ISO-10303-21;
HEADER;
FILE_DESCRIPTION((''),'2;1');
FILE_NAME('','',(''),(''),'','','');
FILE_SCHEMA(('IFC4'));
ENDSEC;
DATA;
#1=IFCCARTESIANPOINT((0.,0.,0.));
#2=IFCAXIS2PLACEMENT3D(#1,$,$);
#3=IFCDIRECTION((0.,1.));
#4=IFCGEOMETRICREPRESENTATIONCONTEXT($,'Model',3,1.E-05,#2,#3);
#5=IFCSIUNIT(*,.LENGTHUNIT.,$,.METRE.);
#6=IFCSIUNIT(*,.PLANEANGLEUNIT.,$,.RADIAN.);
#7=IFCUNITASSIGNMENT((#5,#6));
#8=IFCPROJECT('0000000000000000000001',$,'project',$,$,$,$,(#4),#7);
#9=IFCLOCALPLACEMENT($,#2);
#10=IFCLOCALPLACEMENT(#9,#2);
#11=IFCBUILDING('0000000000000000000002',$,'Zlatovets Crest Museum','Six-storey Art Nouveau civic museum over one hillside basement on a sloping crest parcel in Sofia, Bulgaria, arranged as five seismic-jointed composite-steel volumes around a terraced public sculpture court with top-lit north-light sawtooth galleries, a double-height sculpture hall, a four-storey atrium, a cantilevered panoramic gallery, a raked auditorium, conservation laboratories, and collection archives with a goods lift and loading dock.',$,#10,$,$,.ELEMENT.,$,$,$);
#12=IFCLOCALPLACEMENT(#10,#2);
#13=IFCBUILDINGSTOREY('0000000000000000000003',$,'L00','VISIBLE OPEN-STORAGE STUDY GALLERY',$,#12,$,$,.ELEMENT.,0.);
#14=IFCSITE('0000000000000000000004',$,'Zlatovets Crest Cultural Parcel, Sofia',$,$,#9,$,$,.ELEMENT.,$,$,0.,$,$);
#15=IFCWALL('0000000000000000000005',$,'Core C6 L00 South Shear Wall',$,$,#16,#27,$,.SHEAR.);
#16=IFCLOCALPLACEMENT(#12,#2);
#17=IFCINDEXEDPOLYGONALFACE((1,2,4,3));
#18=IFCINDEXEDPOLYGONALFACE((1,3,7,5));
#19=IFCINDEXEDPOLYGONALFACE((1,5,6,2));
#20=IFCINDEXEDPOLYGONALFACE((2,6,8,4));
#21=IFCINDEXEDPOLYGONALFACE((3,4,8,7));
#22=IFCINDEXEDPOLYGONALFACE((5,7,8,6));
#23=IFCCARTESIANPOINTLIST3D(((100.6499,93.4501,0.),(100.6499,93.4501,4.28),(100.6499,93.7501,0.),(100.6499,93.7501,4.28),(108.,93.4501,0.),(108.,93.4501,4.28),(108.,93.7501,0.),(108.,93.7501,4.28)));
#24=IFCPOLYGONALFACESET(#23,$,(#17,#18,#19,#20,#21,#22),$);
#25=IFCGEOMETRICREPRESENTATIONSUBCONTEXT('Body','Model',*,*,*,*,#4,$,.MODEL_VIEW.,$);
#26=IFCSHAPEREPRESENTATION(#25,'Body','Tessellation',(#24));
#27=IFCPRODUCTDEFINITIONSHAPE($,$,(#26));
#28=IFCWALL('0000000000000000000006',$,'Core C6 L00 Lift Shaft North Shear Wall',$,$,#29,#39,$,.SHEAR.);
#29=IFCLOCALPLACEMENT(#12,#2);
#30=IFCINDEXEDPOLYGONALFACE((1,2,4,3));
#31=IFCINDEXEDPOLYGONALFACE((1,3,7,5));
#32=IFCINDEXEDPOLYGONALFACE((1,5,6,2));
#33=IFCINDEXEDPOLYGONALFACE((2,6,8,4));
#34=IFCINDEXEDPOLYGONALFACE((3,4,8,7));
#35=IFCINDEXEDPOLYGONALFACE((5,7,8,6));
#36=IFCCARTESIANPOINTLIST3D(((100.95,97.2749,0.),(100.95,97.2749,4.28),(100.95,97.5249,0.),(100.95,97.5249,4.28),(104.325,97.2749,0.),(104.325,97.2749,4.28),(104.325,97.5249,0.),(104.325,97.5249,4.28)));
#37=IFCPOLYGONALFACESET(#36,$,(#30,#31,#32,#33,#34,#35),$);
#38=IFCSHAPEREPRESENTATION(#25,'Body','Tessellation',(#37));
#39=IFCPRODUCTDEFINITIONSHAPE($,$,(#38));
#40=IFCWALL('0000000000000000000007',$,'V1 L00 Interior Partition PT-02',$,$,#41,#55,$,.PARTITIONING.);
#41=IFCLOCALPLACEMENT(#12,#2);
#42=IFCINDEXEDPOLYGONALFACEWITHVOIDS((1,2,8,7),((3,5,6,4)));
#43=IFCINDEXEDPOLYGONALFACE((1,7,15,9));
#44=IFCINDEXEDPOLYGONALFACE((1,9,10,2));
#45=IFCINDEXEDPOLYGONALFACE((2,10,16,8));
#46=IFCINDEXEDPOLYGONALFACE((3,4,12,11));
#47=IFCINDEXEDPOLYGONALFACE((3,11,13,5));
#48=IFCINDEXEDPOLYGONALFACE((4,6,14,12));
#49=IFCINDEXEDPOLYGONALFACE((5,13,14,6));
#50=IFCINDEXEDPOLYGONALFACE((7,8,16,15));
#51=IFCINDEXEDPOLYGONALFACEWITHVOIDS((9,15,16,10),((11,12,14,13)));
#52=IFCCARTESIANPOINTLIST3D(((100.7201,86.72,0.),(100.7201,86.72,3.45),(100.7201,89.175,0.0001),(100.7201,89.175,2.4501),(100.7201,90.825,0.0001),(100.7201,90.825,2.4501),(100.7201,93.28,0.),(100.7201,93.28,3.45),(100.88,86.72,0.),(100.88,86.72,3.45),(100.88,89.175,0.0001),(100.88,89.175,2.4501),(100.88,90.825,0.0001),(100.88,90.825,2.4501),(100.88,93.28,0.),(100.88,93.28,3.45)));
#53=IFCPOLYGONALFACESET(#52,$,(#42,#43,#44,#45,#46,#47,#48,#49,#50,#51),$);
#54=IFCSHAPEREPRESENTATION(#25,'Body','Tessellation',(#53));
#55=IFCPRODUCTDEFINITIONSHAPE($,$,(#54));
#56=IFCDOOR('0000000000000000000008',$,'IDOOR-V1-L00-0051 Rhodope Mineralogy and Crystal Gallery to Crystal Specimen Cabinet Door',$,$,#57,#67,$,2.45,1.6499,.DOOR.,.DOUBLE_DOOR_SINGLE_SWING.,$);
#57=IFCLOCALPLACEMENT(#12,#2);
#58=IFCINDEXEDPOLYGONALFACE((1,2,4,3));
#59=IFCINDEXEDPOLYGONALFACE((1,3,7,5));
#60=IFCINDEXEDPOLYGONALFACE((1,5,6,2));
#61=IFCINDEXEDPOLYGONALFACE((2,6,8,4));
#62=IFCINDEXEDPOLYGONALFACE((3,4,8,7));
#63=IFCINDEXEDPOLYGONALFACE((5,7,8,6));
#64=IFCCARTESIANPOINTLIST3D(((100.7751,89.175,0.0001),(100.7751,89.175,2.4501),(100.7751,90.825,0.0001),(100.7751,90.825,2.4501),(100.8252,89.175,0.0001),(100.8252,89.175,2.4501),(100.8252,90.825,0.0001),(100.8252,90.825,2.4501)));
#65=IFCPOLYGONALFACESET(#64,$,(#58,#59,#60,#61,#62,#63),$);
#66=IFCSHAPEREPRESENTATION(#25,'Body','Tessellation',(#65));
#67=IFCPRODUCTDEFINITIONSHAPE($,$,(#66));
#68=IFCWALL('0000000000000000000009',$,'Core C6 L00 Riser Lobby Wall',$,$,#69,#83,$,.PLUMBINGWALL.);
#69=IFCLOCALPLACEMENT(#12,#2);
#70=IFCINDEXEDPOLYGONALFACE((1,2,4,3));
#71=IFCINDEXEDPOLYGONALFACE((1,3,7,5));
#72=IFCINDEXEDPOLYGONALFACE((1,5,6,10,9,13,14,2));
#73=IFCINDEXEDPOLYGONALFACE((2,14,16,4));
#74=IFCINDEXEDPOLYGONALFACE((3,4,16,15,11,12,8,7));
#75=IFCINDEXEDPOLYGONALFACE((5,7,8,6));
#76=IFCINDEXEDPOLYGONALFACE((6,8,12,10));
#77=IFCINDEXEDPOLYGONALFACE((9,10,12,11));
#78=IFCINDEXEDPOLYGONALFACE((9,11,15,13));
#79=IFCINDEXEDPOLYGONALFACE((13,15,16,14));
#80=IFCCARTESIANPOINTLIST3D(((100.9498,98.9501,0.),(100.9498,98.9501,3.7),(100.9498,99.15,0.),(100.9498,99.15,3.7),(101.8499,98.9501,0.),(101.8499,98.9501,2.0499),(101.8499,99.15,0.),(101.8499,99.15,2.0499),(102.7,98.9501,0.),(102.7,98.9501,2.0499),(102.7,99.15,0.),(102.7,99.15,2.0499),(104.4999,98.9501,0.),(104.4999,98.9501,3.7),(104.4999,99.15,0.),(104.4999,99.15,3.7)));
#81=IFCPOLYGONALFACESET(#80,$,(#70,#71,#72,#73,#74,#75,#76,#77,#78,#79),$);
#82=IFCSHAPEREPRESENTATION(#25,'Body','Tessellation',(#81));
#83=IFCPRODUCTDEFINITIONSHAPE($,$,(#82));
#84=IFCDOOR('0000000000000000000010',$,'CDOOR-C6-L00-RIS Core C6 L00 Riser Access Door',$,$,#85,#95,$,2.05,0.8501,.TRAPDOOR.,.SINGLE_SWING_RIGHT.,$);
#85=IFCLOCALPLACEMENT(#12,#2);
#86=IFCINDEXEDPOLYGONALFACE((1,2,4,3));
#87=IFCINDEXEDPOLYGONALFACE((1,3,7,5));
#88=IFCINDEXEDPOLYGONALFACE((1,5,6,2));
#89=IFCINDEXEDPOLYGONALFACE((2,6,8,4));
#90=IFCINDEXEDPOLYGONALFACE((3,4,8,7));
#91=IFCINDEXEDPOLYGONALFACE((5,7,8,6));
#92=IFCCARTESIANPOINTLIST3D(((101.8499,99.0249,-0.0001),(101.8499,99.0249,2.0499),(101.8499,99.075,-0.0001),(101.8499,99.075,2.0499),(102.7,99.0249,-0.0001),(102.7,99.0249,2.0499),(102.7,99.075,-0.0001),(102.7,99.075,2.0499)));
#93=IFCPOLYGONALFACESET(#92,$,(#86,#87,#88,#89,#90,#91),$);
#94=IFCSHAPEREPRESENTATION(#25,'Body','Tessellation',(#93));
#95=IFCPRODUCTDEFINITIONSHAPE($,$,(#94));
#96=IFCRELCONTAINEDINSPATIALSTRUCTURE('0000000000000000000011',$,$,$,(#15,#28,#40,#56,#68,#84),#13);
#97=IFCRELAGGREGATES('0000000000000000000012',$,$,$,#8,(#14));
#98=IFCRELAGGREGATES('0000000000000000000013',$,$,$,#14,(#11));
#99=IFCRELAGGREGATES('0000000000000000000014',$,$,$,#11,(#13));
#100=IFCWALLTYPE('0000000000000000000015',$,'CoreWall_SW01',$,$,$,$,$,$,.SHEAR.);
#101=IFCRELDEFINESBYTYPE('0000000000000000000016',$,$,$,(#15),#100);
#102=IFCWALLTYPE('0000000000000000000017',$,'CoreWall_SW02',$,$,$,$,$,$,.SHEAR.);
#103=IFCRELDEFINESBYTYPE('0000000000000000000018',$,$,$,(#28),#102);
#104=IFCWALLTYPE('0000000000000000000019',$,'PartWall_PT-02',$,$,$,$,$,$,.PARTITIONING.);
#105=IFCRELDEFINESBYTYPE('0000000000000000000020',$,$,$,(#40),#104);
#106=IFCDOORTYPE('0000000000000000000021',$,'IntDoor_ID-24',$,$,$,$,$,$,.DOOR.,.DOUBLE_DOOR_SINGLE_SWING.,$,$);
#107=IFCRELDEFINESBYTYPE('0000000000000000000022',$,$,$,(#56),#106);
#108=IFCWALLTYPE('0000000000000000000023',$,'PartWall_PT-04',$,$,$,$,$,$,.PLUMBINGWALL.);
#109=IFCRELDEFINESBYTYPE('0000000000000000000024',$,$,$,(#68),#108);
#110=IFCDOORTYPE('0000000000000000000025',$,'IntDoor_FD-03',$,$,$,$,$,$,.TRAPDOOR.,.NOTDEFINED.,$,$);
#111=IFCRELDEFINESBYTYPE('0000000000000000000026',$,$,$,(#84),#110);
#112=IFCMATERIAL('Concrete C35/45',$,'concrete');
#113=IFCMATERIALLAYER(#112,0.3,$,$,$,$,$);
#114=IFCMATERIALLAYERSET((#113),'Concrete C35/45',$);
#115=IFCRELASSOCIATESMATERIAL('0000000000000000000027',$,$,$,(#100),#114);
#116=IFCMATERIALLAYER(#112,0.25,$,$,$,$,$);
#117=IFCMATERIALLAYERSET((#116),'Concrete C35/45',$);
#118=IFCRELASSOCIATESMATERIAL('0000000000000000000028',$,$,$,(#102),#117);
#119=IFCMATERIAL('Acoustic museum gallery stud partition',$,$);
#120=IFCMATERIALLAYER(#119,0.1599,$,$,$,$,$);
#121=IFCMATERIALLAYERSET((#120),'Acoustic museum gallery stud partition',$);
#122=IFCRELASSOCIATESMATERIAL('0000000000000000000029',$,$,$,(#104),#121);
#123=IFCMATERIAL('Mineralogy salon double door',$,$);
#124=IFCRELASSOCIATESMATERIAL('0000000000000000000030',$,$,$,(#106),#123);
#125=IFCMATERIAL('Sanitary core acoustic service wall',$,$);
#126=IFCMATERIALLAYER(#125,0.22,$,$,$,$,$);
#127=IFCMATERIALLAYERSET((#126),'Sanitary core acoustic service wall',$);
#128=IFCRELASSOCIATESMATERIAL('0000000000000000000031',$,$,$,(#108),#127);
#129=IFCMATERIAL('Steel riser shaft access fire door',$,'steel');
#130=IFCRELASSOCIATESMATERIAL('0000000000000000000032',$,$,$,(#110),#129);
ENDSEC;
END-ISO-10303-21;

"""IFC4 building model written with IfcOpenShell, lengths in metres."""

from ifc_helpers import new_model, si_unit, direction, frame, frame_2d, origin, place, context, subcontext, project, spatial, rectangle, extrude, material, layer, layer_set, type_object, element, fill, save


model = new_model("IFC4")

# Units and contexts
model_context = context("Model", 3, precision=1e-05, world=origin(), true_north=direction((0.0, 1.0)))
body_context = subcontext(model_context, "Body", "Model", "MODEL_VIEW")
ifc_project = project(units=[si_unit("LENGTHUNIT", "METRE"), si_unit("PLANEANGLEUNIT", "RADIAN")], contexts=[model_context])

# Site, building, storey
site_placement = place(None, origin())
site = spatial("IfcSite", under=ifc_project, at=site_placement, Name="Zlatovets Crest Cultural Parcel, Sofia", CompositionType="ELEMENT", RefElevation=0.0)
building_placement = place(site_placement, origin())
building = spatial("IfcBuilding", under=site, at=building_placement, Name="Zlatovets Crest Museum", Description="Six-storey Art Nouveau civic museum over one hillside basement on a sloping crest parcel in Sofia, Bulgaria, arranged as five seismic-jointed composite-steel volumes around a terraced public sculpture court with top-lit north-light sawtooth galleries, a double-height sculpture hall, a four-storey atrium, a cantilevered panoramic gallery, a raked auditorium, conservation laboratories, and collection archives with a goods lift and loading dock.", CompositionType="ELEMENT")
storey_placement = place(building_placement, origin())
storey = spatial("IfcBuildingStorey", under=building, at=storey_placement, Name="L00", Description="VISIBLE OPEN-STORAGE STUDY GALLERY", CompositionType="ELEMENT", Elevation=0.0)

# Wall
ifc_material_1 = material(Name="Concrete C35/45", Category="concrete")
ifc_layer_1 = layer(ifc_material_1, 0.3)
ifc_layer_set_1 = layer_set([ifc_layer_1], Name="Concrete C35/45")
wall_type_1 = type_object("IfcWallType", Name="CoreWall_SW01", PredefinedType="SHEAR", material=ifc_layer_set_1)
wall_1_placement = place(storey_placement, frame((100.6499, 93.6001, 0.0), z_axis=(0.0, 0.0, 1.0), x_axis=(1.0, 0.0, 0.0)))
element("IfcWall", 1, at=wall_1_placement, inside=storey, type_object=wall_type_1, Name="Core C6 L00 South Shear Wall", PredefinedType="SHEAR", context=body_context, shape_type="SweptSolid", body=[
    extrude(rectangle(XDim=7.3501, YDim=0.3, at=frame_2d((3.675, 0.0))), origin(), (0.0, 0.0, 1.0), 4.28),
])

# Wall
ifc_layer_2 = layer(ifc_material_1, 0.25)
ifc_layer_set_2 = layer_set([ifc_layer_2], Name="Concrete C35/45")
wall_type_2 = type_object("IfcWallType", Name="CoreWall_SW02", PredefinedType="SHEAR", material=ifc_layer_set_2)
wall_2_placement = place(storey_placement, frame((100.95, 97.3999, 0.0), z_axis=(0.0, 0.0, 1.0), x_axis=(1.0, 0.0, 0.0)))
element("IfcWall", 2, at=wall_2_placement, inside=storey, type_object=wall_type_2, Name="Core C6 L00 Lift Shaft North Shear Wall", PredefinedType="SHEAR", context=body_context, shape_type="SweptSolid", body=[
    extrude(rectangle(XDim=3.375, YDim=0.25, at=frame_2d((1.6875, 0.0))), origin(), (0.0, 0.0, 1.0), 4.28),
])

# Walls, openings, doors
ifc_material_2 = material(Name="Acoustic museum gallery stud partition")
ifc_layer_3 = layer(ifc_material_2, 0.1599)
ifc_layer_set_3 = layer_set([ifc_layer_3], Name="Acoustic museum gallery stud partition")
wall_type_3 = type_object("IfcWallType", Name="PartWall_PT-02", PredefinedType="PARTITIONING", material=ifc_layer_set_3)
wall_3_placement = place(storey_placement, frame((100.8, 86.72, 0.0), z_axis=(0.0, 0.0, 1.0), x_axis=(0.0, 1.0, 0.0)))
wall_3 = element("IfcWall", 3, at=wall_3_placement, inside=storey, type_object=wall_type_3, Name="V1 L00 Interior Partition PT-02", PredefinedType="PARTITIONING", context=body_context, shape_type="SweptSolid", body=[
    extrude(rectangle(XDim=6.5601, YDim=0.1599, at=frame_2d((3.28, 0.0))), origin(), (0.0, 0.0, 1.0), 3.45),
])
opening_1_placement = place(wall_3_placement, frame((2.4551, 0.0, 0.0)))
opening_1 = element("IfcOpeningElement", 4, at=opening_1_placement, cuts=wall_3, PredefinedType="OPENING", context=body_context, shape_type="SweptSolid", body=[
    extrude(rectangle(XDim=1.6499, YDim=2.45, at=frame_2d((0.825, 1.2251))), frame((0.0, 0.0898, 0.0), z_axis=(0.0, -1.0, 0.0), x_axis=(1.0, 0.0, 0.0)), (0.0, 0.0, 1.0), 0.1799),
])
ifc_material_3 = material(Name="Mineralogy salon double door")
door_type_1 = type_object("IfcDoorType", Name="IntDoor_ID-24", OperationType="DOUBLE_DOOR_SINGLE_SWING", PredefinedType="DOOR", material=ifc_material_3)
door_1_placement = place(opening_1_placement, origin())
door_1 = element("IfcDoor", 5, at=door_1_placement, inside=storey, type_object=door_type_1, Name="IDOOR-V1-L00-0051 Rhodope Mineralogy and Crystal Gallery to Crystal Specimen Cabinet Door", OperationType="DOUBLE_DOOR_SINGLE_SWING", OverallHeight=2.45, OverallWidth=1.6499, PredefinedType="DOOR", context=body_context, shape_type="SweptSolid", body=[
    extrude(rectangle(XDim=1.6499, YDim=2.45, at=frame_2d((0.825, 1.2251))), frame((0.0, 0.0249, 0.0), z_axis=(0.0, -1.0, 0.0), x_axis=(1.0, 0.0, 0.0)), (0.0, 0.0, 1.0), 0.05),
])
fill(opening_1, door_1)
ifc_material_4 = material(Name="Sanitary core acoustic service wall")
ifc_layer_4 = layer(ifc_material_4, 0.22)
ifc_layer_set_4 = layer_set([ifc_layer_4], Name="Sanitary core acoustic service wall")
wall_type_4 = type_object("IfcWallType", Name="PartWall_PT-04", PredefinedType="PLUMBINGWALL", material=ifc_layer_set_4)
wall_4_placement = place(storey_placement, frame((100.95, 99.05, 0.0), z_axis=(0.0, 0.0, 1.0), x_axis=(1.0, 0.0, 0.0)))
wall_4 = element("IfcWall", 6, at=wall_4_placement, inside=storey, type_object=wall_type_4, Name="Core C6 L00 Riser Lobby Wall", PredefinedType="PLUMBINGWALL", context=body_context, shape_type="SweptSolid", body=[
    extrude(rectangle(XDim=3.55, YDim=0.2, at=frame_2d((1.7749, 0.0))), origin(), (0.0, 0.0, 1.0), 3.7),
])
opening_2_placement = place(wall_4_placement, frame((0.8999, 0.0, 0.0)))
opening_2 = element("IfcOpeningElement", 7, at=opening_2_placement, cuts=wall_4, PredefinedType="OPENING", context=body_context, shape_type="SweptSolid", body=[
    extrude(rectangle(XDim=0.8501, YDim=2.05, at=frame_2d((0.425, 1.0249))), frame((0.0, 0.1099, 0.0), z_axis=(0.0, -1.0, 0.0), x_axis=(1.0, 0.0, 0.0)), (0.0, 0.0, 1.0), 0.22),
])
ifc_material_5 = material(Name="Steel riser shaft access fire door", Category="steel")
door_type_2 = type_object("IfcDoorType", Name="IntDoor_FD-03", OperationType="NOTDEFINED", PredefinedType="TRAPDOOR", material=ifc_material_5)
door_2_placement = place(opening_2_placement, origin())
door_2 = element("IfcDoor", 8, at=door_2_placement, inside=storey, type_object=door_type_2, Name="CDOOR-C6-L00-RIS Core C6 L00 Riser Access Door", OperationType="SINGLE_SWING_RIGHT", OverallHeight=2.05, OverallWidth=0.8501, PredefinedType="TRAPDOOR", context=body_context, shape_type="SweptSolid", body=[
    extrude(rectangle(XDim=0.8501, YDim=2.05, at=frame_2d((0.425, 1.0249))), frame((0.0, 0.0249, 0.0), z_axis=(0.0, -1.0, 0.0), x_axis=(1.0, 0.0, 0.0)), (0.0, 0.0, 1.0), 0.05),
])
fill(opening_2, door_2)

save(model, "model.ifc")
